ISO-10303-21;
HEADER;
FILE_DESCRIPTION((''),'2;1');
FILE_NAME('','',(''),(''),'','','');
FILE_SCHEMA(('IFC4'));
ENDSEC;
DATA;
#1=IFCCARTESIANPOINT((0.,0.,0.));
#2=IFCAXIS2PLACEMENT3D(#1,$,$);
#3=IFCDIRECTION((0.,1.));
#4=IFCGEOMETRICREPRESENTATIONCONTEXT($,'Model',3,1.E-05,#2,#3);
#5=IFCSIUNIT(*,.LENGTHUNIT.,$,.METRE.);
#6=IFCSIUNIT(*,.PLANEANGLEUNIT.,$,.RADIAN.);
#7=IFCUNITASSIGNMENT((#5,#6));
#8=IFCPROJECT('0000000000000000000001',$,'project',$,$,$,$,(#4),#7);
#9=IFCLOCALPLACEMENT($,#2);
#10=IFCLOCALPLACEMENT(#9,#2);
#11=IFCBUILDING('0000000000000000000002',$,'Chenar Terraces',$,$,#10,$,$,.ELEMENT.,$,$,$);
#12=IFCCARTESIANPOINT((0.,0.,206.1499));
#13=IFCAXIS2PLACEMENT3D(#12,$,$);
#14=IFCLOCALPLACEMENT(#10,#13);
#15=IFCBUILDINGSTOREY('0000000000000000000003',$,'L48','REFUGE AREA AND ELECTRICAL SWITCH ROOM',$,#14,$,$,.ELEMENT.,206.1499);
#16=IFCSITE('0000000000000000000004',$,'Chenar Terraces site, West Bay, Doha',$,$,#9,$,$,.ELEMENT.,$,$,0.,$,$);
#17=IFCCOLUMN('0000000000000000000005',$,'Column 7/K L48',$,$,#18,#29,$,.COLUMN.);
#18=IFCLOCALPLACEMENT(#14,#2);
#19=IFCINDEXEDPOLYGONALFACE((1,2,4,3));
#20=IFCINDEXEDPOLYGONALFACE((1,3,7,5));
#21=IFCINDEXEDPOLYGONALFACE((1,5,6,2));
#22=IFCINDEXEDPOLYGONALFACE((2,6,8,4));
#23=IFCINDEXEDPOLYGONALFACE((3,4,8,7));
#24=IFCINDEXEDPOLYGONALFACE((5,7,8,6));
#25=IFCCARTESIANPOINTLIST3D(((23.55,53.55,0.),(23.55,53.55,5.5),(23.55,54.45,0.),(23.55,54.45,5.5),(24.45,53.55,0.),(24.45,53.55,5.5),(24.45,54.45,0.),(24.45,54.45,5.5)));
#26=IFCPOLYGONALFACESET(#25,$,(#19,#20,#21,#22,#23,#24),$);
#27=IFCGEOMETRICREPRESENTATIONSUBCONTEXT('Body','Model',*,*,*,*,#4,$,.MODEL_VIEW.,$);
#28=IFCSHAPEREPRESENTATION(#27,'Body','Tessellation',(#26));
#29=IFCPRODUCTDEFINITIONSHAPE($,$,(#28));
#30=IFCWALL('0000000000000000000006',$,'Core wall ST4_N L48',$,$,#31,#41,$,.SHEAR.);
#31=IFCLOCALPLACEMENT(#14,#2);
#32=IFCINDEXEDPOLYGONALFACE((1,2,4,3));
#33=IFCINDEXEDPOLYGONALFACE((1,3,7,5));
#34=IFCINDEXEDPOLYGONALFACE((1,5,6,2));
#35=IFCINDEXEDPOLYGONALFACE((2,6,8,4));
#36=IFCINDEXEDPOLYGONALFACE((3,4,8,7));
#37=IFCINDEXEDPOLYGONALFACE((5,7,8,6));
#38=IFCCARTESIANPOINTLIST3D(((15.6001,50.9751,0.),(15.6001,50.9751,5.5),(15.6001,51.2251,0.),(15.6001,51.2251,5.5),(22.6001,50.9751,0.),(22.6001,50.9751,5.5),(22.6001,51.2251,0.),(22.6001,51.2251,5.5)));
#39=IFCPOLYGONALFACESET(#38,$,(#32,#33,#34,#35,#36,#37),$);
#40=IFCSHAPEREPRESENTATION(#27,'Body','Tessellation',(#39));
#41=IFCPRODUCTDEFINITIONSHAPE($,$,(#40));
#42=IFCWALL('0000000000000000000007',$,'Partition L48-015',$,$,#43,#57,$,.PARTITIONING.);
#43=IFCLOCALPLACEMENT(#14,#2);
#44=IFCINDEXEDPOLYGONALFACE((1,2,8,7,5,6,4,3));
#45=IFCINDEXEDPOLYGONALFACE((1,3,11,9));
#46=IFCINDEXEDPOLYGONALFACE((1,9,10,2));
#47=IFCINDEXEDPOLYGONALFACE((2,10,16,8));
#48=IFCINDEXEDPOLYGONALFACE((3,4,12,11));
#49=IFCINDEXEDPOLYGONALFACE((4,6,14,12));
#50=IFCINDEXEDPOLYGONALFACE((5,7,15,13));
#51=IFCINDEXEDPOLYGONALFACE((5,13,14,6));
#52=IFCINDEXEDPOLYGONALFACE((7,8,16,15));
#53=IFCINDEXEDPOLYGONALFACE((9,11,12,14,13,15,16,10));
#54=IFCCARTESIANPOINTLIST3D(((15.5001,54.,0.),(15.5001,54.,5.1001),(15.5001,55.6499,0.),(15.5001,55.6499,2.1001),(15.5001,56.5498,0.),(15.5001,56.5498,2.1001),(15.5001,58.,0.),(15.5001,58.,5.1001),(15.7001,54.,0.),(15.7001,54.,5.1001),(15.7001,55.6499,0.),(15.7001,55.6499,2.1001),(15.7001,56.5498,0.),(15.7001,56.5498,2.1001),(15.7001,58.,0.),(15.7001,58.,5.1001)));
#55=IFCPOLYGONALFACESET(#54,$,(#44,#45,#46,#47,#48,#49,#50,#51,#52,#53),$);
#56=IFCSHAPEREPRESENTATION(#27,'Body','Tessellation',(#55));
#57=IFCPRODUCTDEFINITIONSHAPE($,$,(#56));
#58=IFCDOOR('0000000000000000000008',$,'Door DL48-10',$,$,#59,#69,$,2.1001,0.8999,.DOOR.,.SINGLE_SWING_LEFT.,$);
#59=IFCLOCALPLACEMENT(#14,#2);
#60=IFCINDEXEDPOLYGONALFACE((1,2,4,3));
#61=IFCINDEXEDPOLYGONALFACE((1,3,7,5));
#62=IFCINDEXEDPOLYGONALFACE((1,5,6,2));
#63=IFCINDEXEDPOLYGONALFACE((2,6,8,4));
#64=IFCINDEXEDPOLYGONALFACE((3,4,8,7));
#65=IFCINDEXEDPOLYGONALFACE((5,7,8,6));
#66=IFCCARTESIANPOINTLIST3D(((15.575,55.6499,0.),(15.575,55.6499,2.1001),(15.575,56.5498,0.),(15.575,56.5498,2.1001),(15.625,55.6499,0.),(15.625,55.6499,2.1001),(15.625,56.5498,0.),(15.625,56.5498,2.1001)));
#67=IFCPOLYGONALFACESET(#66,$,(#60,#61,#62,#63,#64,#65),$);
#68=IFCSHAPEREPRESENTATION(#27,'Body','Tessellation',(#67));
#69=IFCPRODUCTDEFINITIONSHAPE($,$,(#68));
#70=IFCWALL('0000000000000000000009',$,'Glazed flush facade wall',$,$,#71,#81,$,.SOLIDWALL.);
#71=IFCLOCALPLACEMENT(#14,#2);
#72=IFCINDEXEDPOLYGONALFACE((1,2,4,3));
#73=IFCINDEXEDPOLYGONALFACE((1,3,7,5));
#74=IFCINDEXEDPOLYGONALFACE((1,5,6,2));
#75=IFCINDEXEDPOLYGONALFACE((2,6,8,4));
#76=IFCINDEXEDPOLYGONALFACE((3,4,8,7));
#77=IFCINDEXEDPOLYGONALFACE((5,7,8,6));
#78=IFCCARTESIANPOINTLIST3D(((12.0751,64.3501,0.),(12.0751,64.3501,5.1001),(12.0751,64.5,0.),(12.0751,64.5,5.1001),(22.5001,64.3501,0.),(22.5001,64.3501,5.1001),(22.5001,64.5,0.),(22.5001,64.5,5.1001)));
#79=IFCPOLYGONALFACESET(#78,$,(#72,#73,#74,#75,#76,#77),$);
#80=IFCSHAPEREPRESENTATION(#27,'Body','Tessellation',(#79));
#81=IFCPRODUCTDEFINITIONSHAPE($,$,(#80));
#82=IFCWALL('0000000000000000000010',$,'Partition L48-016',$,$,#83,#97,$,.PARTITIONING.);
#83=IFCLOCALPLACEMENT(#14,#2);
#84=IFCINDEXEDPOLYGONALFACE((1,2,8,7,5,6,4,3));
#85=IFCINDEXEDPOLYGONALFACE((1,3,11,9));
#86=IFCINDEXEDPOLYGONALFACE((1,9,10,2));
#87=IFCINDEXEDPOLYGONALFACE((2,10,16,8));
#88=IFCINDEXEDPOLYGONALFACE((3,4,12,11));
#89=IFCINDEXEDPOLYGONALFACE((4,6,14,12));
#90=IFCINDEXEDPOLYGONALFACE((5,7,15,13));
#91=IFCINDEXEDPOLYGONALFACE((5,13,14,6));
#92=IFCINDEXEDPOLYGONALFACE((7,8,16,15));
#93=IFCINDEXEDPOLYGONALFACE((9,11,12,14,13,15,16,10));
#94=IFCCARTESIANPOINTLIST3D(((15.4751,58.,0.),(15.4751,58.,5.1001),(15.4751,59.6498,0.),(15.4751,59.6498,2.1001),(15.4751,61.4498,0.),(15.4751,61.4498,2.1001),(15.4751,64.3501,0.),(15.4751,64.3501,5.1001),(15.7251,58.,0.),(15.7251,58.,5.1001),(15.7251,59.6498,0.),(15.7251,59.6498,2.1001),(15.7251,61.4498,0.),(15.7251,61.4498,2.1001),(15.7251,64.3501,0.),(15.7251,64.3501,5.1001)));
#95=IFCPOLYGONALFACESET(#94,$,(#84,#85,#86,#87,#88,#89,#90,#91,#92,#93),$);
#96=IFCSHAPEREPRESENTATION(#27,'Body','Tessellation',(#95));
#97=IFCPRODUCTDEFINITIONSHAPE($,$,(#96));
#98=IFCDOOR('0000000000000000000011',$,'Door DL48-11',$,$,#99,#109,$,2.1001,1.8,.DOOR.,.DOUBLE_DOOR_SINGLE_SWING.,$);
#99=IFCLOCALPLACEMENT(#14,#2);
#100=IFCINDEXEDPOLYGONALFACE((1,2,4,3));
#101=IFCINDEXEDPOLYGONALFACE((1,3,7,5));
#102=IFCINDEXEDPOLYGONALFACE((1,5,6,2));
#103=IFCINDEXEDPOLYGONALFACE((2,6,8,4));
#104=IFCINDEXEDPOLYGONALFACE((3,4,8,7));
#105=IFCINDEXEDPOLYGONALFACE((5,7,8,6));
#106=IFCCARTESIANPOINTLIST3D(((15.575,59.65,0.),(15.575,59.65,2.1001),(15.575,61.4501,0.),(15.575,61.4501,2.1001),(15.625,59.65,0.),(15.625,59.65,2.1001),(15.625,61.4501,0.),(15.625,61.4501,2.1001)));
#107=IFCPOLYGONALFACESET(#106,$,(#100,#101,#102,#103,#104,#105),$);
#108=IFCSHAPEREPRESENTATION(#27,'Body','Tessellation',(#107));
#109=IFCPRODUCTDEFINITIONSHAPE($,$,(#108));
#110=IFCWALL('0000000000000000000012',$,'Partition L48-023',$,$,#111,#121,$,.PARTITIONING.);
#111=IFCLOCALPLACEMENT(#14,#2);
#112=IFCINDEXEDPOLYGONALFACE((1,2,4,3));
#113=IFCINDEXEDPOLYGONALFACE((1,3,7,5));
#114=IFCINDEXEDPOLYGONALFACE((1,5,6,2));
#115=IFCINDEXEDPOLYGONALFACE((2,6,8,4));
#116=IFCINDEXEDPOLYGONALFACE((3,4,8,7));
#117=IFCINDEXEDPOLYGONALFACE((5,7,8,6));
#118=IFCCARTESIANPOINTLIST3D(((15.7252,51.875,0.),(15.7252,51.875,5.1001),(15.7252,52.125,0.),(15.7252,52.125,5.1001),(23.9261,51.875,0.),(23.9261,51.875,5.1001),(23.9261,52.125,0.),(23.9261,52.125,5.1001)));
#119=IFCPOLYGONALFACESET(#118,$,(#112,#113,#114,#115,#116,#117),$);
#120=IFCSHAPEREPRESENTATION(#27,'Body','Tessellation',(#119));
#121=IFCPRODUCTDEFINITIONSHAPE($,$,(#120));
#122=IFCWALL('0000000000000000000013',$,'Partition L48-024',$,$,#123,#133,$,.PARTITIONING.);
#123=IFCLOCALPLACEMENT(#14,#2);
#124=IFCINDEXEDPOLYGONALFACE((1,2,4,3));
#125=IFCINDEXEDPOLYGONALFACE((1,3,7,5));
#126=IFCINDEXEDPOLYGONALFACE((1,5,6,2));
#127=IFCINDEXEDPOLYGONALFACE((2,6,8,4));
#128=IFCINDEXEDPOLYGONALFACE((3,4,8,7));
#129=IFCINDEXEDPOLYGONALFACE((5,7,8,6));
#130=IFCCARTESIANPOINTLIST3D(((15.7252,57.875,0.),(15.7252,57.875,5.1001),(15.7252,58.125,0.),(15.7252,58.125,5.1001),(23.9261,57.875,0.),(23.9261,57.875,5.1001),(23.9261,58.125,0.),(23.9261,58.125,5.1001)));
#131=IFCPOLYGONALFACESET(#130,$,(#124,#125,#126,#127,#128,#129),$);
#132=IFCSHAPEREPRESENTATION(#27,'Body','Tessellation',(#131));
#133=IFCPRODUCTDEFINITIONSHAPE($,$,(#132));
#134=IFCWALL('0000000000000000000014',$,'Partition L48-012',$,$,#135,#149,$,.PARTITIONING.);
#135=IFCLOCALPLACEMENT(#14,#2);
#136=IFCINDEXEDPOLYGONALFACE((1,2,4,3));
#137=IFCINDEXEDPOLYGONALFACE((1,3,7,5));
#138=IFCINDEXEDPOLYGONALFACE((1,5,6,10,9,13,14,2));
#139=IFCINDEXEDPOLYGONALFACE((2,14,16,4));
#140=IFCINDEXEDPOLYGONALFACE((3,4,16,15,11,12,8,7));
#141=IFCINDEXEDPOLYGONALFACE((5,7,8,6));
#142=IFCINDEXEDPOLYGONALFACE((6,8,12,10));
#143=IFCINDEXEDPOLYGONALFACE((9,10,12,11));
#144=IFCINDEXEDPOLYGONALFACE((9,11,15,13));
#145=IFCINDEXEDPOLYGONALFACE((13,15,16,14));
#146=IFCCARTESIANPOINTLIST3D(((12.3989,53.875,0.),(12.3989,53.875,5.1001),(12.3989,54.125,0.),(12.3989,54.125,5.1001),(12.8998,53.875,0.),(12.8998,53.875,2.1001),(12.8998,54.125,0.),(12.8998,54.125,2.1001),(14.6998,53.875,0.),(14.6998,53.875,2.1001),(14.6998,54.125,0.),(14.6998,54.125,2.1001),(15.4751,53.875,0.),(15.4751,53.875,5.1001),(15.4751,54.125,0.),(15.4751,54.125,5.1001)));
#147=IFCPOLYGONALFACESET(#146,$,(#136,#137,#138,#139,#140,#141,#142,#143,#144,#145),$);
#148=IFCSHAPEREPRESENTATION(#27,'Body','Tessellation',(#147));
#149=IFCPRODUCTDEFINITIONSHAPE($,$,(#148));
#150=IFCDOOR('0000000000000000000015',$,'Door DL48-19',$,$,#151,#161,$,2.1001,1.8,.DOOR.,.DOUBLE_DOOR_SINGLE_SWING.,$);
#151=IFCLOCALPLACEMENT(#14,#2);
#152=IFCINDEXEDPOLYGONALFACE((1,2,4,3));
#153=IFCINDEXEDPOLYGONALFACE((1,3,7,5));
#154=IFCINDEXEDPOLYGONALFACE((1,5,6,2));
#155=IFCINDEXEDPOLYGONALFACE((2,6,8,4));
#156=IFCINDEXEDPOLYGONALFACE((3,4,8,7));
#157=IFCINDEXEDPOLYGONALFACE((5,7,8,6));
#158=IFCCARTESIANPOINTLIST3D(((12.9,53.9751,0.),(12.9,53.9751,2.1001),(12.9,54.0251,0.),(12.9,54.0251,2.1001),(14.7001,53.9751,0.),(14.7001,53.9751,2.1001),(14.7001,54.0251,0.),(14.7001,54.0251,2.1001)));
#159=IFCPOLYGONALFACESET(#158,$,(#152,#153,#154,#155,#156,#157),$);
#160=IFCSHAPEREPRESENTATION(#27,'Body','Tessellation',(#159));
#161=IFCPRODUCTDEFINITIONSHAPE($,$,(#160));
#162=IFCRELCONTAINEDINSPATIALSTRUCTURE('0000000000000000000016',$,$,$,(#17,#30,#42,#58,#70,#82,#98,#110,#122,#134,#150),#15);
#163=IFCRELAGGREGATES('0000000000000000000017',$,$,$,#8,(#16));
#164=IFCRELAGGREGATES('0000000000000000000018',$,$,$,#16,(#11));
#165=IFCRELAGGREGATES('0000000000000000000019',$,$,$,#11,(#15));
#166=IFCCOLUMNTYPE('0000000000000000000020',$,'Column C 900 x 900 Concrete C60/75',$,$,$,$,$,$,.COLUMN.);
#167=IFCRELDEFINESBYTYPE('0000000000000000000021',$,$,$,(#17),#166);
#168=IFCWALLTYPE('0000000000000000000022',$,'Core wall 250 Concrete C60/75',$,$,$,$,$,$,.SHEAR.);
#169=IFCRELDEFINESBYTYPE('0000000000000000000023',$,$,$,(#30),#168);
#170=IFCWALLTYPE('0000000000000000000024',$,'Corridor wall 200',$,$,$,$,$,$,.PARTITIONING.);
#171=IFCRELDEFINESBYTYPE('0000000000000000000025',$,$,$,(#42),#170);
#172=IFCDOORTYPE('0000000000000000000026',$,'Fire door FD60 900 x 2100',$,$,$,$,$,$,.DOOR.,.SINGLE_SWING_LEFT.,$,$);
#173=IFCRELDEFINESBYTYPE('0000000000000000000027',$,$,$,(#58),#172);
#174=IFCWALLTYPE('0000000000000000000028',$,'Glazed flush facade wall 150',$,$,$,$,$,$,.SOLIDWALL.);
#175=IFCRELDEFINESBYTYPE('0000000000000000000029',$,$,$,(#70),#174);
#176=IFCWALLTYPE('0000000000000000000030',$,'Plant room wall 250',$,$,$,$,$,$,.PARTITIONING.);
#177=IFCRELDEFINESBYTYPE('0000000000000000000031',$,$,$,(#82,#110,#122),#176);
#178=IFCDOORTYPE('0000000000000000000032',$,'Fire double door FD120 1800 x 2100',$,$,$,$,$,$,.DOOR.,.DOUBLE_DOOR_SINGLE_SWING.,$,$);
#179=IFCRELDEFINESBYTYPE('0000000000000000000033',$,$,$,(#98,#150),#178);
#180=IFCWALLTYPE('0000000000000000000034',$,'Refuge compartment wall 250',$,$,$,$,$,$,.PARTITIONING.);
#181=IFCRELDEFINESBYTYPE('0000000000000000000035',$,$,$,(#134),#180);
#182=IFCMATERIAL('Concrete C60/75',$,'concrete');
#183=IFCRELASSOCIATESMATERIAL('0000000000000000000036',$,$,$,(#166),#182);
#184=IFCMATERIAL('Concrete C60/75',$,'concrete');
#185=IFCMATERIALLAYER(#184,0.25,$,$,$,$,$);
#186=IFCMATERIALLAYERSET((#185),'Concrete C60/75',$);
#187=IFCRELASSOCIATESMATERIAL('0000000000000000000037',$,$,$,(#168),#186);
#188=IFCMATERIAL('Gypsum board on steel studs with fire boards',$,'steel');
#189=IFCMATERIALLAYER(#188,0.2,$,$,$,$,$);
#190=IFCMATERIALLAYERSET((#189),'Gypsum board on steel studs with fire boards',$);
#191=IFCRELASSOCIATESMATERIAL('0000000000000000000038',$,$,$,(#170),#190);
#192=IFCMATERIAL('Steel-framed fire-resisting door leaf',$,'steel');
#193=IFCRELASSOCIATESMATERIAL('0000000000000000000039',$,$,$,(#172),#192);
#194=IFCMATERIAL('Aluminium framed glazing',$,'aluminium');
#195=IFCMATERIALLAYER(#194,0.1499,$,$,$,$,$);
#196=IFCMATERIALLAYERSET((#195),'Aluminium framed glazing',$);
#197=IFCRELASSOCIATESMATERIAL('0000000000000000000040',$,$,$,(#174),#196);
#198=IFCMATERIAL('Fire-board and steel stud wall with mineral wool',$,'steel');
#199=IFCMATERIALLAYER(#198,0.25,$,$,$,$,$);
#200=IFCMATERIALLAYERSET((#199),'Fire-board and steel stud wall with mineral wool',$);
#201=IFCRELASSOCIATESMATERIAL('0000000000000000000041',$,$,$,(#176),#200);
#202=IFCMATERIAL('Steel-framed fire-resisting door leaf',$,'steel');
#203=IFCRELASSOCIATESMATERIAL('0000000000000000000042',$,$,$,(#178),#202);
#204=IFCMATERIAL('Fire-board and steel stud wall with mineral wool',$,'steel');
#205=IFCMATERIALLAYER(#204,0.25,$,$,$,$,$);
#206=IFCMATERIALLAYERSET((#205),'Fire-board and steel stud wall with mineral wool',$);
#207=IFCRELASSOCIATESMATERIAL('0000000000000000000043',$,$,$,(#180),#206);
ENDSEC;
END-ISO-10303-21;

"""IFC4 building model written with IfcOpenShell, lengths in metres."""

from ifc_helpers import new_model, si_unit, direction, frame, frame_2d, origin, origin_2d, place, context, subcontext, project, spatial, rectangle, extrude, material, layer, layer_set, material_profile, profile_set, type_object, element, fill, save


model = new_model("IFC4")

# Units and contexts
model_context = context("Model", 3, precision=1e-05, world=origin(), true_north=direction((0.0, 1.0)))
body_context = subcontext(model_context, "Body", "Model", "MODEL_VIEW")
ifc_project = project(units=[si_unit("LENGTHUNIT", "METRE"), si_unit("PLANEANGLEUNIT", "RADIAN")], contexts=[model_context])

# Site, building, storey
site_placement = place(None, origin())
site = spatial("IfcSite", under=ifc_project, at=site_placement, Name="Chenar Terraces site, West Bay, Doha", CompositionType="ELEMENT", RefElevation=0.0)
building_placement = place(site_placement, origin())
building = spatial("IfcBuilding", under=site, at=building_placement, Name="Chenar Terraces", CompositionType="ELEMENT")
storey_placement = place(building_placement, frame((0.0, 0.0, 206.1499)))
storey = spatial("IfcBuildingStorey", under=building, at=storey_placement, Name="L48", Description="REFUGE AREA AND ELECTRICAL SWITCH ROOM", CompositionType="ELEMENT", Elevation=206.1499)

# Column
ifc_material_1 = material(Name="Concrete C60/75", Category="concrete")
ifc_material_profile_1 = material_profile(ifc_material_1, rectangle(XDim=0.8999, YDim=0.8999, at=origin_2d()), Name="C 900 x 900")
ifc_profile_set_1 = profile_set([ifc_material_profile_1], Name="Concrete C60/75")
column_type = type_object("IfcColumnType", Name="Column C 900 x 900 Concrete C60/75", PredefinedType="COLUMN", material=ifc_profile_set_1)
column_placement = place(storey_placement, frame((24.0, 54.0, 0.0), z_axis=(0.0, 0.0, 1.0), x_axis=(1.0, 0.0, 0.0)))
element("IfcColumn", 1, at=column_placement, inside=storey, type_object=column_type, Name="Column 7/K L48", PredefinedType="COLUMN", context=body_context, shape_type="SweptSolid", body=[
    extrude(rectangle(XDim=0.8999, YDim=0.8999, at=origin_2d()), origin(), (0.0, 0.0, 1.0), 5.5),
])

# Wall
ifc_material_2 = material(Name="Concrete C60/75", Category="concrete")
ifc_layer_1 = layer(ifc_material_2, 0.25)
ifc_layer_set_1 = layer_set([ifc_layer_1], Name="Concrete C60/75")
wall_type_1 = type_object("IfcWallType", Name="Core wall 250 Concrete C60/75", PredefinedType="SHEAR", material=ifc_layer_set_1)
wall_1_placement = place(storey_placement, frame((15.6001, 51.1001, 0.0), z_axis=(0.0, 0.0, 1.0), x_axis=(1.0, 0.0, 0.0)))
element("IfcWall", 2, at=wall_1_placement, inside=storey, type_object=wall_type_1, Name="Core wall ST4_N L48", PredefinedType="SHEAR", context=body_context, shape_type="SweptSolid", body=[
    extrude(rectangle(XDim=7.0, YDim=0.25, at=frame_2d((3.5, 0.0))), origin(), (0.0, 0.0, 1.0), 5.5),
])

# Wall, opening, door
ifc_material_3 = material(Name="Gypsum board on steel studs with fire boards", Category="steel")
ifc_layer_2 = layer(ifc_material_3, 0.2)
ifc_layer_set_2 = layer_set([ifc_layer_2], Name="Gypsum board on steel studs with fire boards")
wall_type_2 = type_object("IfcWallType", Name="Corridor wall 200", PredefinedType="PARTITIONING", material=ifc_layer_set_2)
wall_2_placement = place(storey_placement, frame((15.6001, 54.0, 0.0), z_axis=(0.0, 0.0, 1.0), x_axis=(0.0, 1.0, 0.0)))
wall_2 = element("IfcWall", 3, at=wall_2_placement, inside=storey, type_object=wall_type_2, Name="Partition L48-015", PredefinedType="PARTITIONING", context=body_context, shape_type="SweptSolid", body=[
    extrude(rectangle(XDim=4.0, YDim=0.2, at=frame_2d((2.0, 0.0))), origin(), (0.0, 0.0, 1.0), 5.1001),
])
opening_1_placement = place(wall_2_placement, frame((1.6499, 0.0, 0.0)))
opening_1 = element("IfcOpeningElement", 4, at=opening_1_placement, cuts=wall_2, PredefinedType="OPENING", context=body_context, shape_type="SweptSolid", body=[
    extrude(rectangle(XDim=0.8999, YDim=2.1001, at=frame_2d((0.45, 1.05))), frame((0.0, 0.1099, 0.0), z_axis=(0.0, -1.0, 0.0), x_axis=(1.0, 0.0, 0.0)), (0.0, 0.0, 1.0), 0.22),
])
ifc_material_4 = material(Name="Steel-framed fire-resisting door leaf", Category="steel")
door_type_1 = type_object("IfcDoorType", Name="Fire door FD60 900 x 2100", OperationType="SINGLE_SWING_LEFT", PredefinedType="DOOR", material=ifc_material_4)
door_1_placement = place(opening_1_placement, frame((0.8999, 0.0, 0.0), z_axis=(0.0, 0.0, 1.0), x_axis=(-1.0, 0.0, 0.0)))
door_1 = element("IfcDoor", 5, at=door_1_placement, inside=storey, type_object=door_type_1, Name="Door DL48-10", OperationType="SINGLE_SWING_LEFT", OverallHeight=2.1001, OverallWidth=0.8999, PredefinedType="DOOR", context=body_context, shape_type="SweptSolid", body=[
    extrude(rectangle(XDim=0.8999, YDim=2.1001, at=frame_2d((0.45, 1.05))), frame((0.0, 0.0249, 0.0), z_axis=(0.0, -1.0, 0.0), x_axis=(1.0, 0.0, 0.0)), (0.0, 0.0, 1.0), 0.05),
])
fill(opening_1, door_1)

# Wall
ifc_material_5 = material(Name="Aluminium framed glazing", Category="aluminium")
ifc_layer_3 = layer(ifc_material_5, 0.1499)
ifc_layer_set_3 = layer_set([ifc_layer_3], Name="Aluminium framed glazing")
wall_type_3 = type_object("IfcWallType", Name="Glazed flush facade wall 150", PredefinedType="SOLIDWALL", material=ifc_layer_set_3)
wall_3_placement = place(storey_placement, frame((22.5, 64.425, 0.0), z_axis=(0.0, 0.0, 1.0), x_axis=(-1.0, 0.0, 0.0)))
element("IfcWall", 6, at=wall_3_placement, inside=storey, type_object=wall_type_3, Name="Glazed flush facade wall", PredefinedType="SOLIDWALL", context=body_context, shape_type="SweptSolid", body=[
    extrude(rectangle(XDim=10.425, YDim=0.1499, at=frame_2d((5.2124, 0.0))), origin(), (0.0, 0.0, 1.0), 5.1001),
])

# Wall, opening, door
ifc_material_6 = material(Name="Fire-board and steel stud wall with mineral wool", Category="steel")
ifc_layer_4 = layer(ifc_material_6, 0.25)
ifc_layer_set_4 = layer_set([ifc_layer_4], Name="Fire-board and steel stud wall with mineral wool")
wall_type_4 = type_object("IfcWallType", Name="Plant room wall 250", PredefinedType="PARTITIONING", material=ifc_layer_set_4)
wall_4_placement = place(storey_placement, frame((15.6001, 58.0, 0.0), z_axis=(0.0, 0.0, 1.0), x_axis=(0.0, 1.0, 0.0)))
wall_4 = element("IfcWall", 7, at=wall_4_placement, inside=storey, type_object=wall_type_4, Name="Partition L48-016", PredefinedType="PARTITIONING", context=body_context, shape_type="SweptSolid", body=[
    extrude(rectangle(XDim=6.3501, YDim=0.25, at=frame_2d((3.175, 0.0))), origin(), (0.0, 0.0, 1.0), 5.1001),
])
opening_2_placement = place(wall_4_placement, frame((1.6499, 0.0, 0.0)))
opening_2 = element("IfcOpeningElement", 8, at=opening_2_placement, cuts=wall_4, PredefinedType="OPENING", context=body_context, shape_type="SweptSolid", body=[
    extrude(rectangle(XDim=1.8, YDim=2.1001, at=frame_2d((0.8999, 1.05))), frame((0.0, 0.135, 0.0), z_axis=(0.0, -1.0, 0.0), x_axis=(1.0, 0.0, 0.0)), (0.0, 0.0, 1.0), 0.27),
])
ifc_material_7 = material(Name="Steel-framed fire-resisting door leaf", Category="steel")
door_type_2 = type_object("IfcDoorType", Name="Fire double door FD120 1800 x 2100", OperationType="DOUBLE_DOOR_SINGLE_SWING", PredefinedType="DOOR", material=ifc_material_7)
door_2_placement = place(opening_2_placement, frame((1.8, 0.0, 0.0), z_axis=(0.0, 0.0, 1.0), x_axis=(-1.0, 0.0, 0.0)))
door_2 = element("IfcDoor", 9, at=door_2_placement, inside=storey, type_object=door_type_2, Name="Door DL48-11", OperationType="DOUBLE_DOOR_SINGLE_SWING", OverallHeight=2.1001, OverallWidth=1.8, PredefinedType="DOOR", context=body_context, shape_type="SweptSolid", body=[
    extrude(rectangle(XDim=1.8, YDim=2.1001, at=frame_2d((0.8999, 1.05))), frame((0.0, 0.0249, 0.0), z_axis=(0.0, -1.0, 0.0), x_axis=(1.0, 0.0, 0.0)), (0.0, 0.0, 1.0), 0.05),
])
fill(opening_2, door_2)

# Walls
for number, where, z_axis, x_axis, name in (
    (10, (15.7251, 52.0, 0.0), (0.0, 0.0, 1.0), (1.0, 0.0, 0.0), "Partition L48-023"),
    (11, (15.7251, 58.0, 0.0), (0.0, 0.0, 1.0), (1.0, 0.0, 0.0), "Partition L48-024"),
):
    element("IfcWall", number, at=place(storey_placement, frame(where, z_axis=z_axis, x_axis=x_axis)), inside=storey, type_object=wall_type_4, Name=name, PredefinedType="PARTITIONING", context=body_context, shape_type="SweptSolid", body=[
        extrude(rectangle(XDim=8.2009, YDim=0.25, at=frame_2d((4.1006, 0.0))), origin(), (0.0, 0.0, 1.0), 5.1001),
    ])

# Wall, opening, door
ifc_material_8 = material(Name="Fire-board and steel stud wall with mineral wool", Category="steel")
ifc_layer_5 = layer(ifc_material_8, 0.25)
ifc_layer_set_5 = layer_set([ifc_layer_5], Name="Fire-board and steel stud wall with mineral wool")
wall_type_5 = type_object("IfcWallType", Name="Refuge compartment wall 250", PredefinedType="PARTITIONING", material=ifc_layer_set_5)
wall_5_placement = place(storey_placement, frame((12.3989, 54.0, 0.0), z_axis=(0.0, 0.0, 1.0), x_axis=(1.0, 0.0, 0.0)))
wall_5 = element("IfcWall", 12, at=wall_5_placement, inside=storey, type_object=wall_type_5, Name="Partition L48-012", PredefinedType="PARTITIONING", context=body_context, shape_type="SweptSolid", body=[
    extrude(rectangle(XDim=3.0762, YDim=0.25, at=frame_2d((1.5381, 0.0))), origin(), (0.0, 0.0, 1.0), 5.1001),
])
opening_3_placement = place(wall_5_placement, frame((0.501, 0.0, 0.0)))
opening_3 = element("IfcOpeningElement", 13, at=opening_3_placement, cuts=wall_5, PredefinedType="OPENING", context=body_context, shape_type="SweptSolid", body=[
    extrude(rectangle(XDim=1.8, YDim=2.1001, at=frame_2d((0.8999, 1.05))), frame((0.0, 0.135, 0.0), z_axis=(0.0, -1.0, 0.0), x_axis=(1.0, 0.0, 0.0)), (0.0, 0.0, 1.0), 0.27),
])
door_3_placement = place(opening_3_placement, frame((1.8, 0.0, 0.0), z_axis=(0.0, 0.0, 1.0), x_axis=(-1.0, 0.0, 0.0)))
door_3 = element("IfcDoor", 14, at=door_3_placement, inside=storey, type_object=door_type_2, Name="Door DL48-19", OperationType="DOUBLE_DOOR_SINGLE_SWING", OverallHeight=2.1001, OverallWidth=1.8, PredefinedType="DOOR", context=body_context, shape_type="SweptSolid", body=[
    extrude(rectangle(XDim=1.8, YDim=2.1001, at=frame_2d((0.8999, 1.05))), frame((0.0, 0.0249, 0.0), z_axis=(0.0, -1.0, 0.0), x_axis=(1.0, 0.0, 0.0)), (0.0, 0.0, 1.0), 0.05),
])
fill(opening_3, door_3)

save(model, "model.ifc")
